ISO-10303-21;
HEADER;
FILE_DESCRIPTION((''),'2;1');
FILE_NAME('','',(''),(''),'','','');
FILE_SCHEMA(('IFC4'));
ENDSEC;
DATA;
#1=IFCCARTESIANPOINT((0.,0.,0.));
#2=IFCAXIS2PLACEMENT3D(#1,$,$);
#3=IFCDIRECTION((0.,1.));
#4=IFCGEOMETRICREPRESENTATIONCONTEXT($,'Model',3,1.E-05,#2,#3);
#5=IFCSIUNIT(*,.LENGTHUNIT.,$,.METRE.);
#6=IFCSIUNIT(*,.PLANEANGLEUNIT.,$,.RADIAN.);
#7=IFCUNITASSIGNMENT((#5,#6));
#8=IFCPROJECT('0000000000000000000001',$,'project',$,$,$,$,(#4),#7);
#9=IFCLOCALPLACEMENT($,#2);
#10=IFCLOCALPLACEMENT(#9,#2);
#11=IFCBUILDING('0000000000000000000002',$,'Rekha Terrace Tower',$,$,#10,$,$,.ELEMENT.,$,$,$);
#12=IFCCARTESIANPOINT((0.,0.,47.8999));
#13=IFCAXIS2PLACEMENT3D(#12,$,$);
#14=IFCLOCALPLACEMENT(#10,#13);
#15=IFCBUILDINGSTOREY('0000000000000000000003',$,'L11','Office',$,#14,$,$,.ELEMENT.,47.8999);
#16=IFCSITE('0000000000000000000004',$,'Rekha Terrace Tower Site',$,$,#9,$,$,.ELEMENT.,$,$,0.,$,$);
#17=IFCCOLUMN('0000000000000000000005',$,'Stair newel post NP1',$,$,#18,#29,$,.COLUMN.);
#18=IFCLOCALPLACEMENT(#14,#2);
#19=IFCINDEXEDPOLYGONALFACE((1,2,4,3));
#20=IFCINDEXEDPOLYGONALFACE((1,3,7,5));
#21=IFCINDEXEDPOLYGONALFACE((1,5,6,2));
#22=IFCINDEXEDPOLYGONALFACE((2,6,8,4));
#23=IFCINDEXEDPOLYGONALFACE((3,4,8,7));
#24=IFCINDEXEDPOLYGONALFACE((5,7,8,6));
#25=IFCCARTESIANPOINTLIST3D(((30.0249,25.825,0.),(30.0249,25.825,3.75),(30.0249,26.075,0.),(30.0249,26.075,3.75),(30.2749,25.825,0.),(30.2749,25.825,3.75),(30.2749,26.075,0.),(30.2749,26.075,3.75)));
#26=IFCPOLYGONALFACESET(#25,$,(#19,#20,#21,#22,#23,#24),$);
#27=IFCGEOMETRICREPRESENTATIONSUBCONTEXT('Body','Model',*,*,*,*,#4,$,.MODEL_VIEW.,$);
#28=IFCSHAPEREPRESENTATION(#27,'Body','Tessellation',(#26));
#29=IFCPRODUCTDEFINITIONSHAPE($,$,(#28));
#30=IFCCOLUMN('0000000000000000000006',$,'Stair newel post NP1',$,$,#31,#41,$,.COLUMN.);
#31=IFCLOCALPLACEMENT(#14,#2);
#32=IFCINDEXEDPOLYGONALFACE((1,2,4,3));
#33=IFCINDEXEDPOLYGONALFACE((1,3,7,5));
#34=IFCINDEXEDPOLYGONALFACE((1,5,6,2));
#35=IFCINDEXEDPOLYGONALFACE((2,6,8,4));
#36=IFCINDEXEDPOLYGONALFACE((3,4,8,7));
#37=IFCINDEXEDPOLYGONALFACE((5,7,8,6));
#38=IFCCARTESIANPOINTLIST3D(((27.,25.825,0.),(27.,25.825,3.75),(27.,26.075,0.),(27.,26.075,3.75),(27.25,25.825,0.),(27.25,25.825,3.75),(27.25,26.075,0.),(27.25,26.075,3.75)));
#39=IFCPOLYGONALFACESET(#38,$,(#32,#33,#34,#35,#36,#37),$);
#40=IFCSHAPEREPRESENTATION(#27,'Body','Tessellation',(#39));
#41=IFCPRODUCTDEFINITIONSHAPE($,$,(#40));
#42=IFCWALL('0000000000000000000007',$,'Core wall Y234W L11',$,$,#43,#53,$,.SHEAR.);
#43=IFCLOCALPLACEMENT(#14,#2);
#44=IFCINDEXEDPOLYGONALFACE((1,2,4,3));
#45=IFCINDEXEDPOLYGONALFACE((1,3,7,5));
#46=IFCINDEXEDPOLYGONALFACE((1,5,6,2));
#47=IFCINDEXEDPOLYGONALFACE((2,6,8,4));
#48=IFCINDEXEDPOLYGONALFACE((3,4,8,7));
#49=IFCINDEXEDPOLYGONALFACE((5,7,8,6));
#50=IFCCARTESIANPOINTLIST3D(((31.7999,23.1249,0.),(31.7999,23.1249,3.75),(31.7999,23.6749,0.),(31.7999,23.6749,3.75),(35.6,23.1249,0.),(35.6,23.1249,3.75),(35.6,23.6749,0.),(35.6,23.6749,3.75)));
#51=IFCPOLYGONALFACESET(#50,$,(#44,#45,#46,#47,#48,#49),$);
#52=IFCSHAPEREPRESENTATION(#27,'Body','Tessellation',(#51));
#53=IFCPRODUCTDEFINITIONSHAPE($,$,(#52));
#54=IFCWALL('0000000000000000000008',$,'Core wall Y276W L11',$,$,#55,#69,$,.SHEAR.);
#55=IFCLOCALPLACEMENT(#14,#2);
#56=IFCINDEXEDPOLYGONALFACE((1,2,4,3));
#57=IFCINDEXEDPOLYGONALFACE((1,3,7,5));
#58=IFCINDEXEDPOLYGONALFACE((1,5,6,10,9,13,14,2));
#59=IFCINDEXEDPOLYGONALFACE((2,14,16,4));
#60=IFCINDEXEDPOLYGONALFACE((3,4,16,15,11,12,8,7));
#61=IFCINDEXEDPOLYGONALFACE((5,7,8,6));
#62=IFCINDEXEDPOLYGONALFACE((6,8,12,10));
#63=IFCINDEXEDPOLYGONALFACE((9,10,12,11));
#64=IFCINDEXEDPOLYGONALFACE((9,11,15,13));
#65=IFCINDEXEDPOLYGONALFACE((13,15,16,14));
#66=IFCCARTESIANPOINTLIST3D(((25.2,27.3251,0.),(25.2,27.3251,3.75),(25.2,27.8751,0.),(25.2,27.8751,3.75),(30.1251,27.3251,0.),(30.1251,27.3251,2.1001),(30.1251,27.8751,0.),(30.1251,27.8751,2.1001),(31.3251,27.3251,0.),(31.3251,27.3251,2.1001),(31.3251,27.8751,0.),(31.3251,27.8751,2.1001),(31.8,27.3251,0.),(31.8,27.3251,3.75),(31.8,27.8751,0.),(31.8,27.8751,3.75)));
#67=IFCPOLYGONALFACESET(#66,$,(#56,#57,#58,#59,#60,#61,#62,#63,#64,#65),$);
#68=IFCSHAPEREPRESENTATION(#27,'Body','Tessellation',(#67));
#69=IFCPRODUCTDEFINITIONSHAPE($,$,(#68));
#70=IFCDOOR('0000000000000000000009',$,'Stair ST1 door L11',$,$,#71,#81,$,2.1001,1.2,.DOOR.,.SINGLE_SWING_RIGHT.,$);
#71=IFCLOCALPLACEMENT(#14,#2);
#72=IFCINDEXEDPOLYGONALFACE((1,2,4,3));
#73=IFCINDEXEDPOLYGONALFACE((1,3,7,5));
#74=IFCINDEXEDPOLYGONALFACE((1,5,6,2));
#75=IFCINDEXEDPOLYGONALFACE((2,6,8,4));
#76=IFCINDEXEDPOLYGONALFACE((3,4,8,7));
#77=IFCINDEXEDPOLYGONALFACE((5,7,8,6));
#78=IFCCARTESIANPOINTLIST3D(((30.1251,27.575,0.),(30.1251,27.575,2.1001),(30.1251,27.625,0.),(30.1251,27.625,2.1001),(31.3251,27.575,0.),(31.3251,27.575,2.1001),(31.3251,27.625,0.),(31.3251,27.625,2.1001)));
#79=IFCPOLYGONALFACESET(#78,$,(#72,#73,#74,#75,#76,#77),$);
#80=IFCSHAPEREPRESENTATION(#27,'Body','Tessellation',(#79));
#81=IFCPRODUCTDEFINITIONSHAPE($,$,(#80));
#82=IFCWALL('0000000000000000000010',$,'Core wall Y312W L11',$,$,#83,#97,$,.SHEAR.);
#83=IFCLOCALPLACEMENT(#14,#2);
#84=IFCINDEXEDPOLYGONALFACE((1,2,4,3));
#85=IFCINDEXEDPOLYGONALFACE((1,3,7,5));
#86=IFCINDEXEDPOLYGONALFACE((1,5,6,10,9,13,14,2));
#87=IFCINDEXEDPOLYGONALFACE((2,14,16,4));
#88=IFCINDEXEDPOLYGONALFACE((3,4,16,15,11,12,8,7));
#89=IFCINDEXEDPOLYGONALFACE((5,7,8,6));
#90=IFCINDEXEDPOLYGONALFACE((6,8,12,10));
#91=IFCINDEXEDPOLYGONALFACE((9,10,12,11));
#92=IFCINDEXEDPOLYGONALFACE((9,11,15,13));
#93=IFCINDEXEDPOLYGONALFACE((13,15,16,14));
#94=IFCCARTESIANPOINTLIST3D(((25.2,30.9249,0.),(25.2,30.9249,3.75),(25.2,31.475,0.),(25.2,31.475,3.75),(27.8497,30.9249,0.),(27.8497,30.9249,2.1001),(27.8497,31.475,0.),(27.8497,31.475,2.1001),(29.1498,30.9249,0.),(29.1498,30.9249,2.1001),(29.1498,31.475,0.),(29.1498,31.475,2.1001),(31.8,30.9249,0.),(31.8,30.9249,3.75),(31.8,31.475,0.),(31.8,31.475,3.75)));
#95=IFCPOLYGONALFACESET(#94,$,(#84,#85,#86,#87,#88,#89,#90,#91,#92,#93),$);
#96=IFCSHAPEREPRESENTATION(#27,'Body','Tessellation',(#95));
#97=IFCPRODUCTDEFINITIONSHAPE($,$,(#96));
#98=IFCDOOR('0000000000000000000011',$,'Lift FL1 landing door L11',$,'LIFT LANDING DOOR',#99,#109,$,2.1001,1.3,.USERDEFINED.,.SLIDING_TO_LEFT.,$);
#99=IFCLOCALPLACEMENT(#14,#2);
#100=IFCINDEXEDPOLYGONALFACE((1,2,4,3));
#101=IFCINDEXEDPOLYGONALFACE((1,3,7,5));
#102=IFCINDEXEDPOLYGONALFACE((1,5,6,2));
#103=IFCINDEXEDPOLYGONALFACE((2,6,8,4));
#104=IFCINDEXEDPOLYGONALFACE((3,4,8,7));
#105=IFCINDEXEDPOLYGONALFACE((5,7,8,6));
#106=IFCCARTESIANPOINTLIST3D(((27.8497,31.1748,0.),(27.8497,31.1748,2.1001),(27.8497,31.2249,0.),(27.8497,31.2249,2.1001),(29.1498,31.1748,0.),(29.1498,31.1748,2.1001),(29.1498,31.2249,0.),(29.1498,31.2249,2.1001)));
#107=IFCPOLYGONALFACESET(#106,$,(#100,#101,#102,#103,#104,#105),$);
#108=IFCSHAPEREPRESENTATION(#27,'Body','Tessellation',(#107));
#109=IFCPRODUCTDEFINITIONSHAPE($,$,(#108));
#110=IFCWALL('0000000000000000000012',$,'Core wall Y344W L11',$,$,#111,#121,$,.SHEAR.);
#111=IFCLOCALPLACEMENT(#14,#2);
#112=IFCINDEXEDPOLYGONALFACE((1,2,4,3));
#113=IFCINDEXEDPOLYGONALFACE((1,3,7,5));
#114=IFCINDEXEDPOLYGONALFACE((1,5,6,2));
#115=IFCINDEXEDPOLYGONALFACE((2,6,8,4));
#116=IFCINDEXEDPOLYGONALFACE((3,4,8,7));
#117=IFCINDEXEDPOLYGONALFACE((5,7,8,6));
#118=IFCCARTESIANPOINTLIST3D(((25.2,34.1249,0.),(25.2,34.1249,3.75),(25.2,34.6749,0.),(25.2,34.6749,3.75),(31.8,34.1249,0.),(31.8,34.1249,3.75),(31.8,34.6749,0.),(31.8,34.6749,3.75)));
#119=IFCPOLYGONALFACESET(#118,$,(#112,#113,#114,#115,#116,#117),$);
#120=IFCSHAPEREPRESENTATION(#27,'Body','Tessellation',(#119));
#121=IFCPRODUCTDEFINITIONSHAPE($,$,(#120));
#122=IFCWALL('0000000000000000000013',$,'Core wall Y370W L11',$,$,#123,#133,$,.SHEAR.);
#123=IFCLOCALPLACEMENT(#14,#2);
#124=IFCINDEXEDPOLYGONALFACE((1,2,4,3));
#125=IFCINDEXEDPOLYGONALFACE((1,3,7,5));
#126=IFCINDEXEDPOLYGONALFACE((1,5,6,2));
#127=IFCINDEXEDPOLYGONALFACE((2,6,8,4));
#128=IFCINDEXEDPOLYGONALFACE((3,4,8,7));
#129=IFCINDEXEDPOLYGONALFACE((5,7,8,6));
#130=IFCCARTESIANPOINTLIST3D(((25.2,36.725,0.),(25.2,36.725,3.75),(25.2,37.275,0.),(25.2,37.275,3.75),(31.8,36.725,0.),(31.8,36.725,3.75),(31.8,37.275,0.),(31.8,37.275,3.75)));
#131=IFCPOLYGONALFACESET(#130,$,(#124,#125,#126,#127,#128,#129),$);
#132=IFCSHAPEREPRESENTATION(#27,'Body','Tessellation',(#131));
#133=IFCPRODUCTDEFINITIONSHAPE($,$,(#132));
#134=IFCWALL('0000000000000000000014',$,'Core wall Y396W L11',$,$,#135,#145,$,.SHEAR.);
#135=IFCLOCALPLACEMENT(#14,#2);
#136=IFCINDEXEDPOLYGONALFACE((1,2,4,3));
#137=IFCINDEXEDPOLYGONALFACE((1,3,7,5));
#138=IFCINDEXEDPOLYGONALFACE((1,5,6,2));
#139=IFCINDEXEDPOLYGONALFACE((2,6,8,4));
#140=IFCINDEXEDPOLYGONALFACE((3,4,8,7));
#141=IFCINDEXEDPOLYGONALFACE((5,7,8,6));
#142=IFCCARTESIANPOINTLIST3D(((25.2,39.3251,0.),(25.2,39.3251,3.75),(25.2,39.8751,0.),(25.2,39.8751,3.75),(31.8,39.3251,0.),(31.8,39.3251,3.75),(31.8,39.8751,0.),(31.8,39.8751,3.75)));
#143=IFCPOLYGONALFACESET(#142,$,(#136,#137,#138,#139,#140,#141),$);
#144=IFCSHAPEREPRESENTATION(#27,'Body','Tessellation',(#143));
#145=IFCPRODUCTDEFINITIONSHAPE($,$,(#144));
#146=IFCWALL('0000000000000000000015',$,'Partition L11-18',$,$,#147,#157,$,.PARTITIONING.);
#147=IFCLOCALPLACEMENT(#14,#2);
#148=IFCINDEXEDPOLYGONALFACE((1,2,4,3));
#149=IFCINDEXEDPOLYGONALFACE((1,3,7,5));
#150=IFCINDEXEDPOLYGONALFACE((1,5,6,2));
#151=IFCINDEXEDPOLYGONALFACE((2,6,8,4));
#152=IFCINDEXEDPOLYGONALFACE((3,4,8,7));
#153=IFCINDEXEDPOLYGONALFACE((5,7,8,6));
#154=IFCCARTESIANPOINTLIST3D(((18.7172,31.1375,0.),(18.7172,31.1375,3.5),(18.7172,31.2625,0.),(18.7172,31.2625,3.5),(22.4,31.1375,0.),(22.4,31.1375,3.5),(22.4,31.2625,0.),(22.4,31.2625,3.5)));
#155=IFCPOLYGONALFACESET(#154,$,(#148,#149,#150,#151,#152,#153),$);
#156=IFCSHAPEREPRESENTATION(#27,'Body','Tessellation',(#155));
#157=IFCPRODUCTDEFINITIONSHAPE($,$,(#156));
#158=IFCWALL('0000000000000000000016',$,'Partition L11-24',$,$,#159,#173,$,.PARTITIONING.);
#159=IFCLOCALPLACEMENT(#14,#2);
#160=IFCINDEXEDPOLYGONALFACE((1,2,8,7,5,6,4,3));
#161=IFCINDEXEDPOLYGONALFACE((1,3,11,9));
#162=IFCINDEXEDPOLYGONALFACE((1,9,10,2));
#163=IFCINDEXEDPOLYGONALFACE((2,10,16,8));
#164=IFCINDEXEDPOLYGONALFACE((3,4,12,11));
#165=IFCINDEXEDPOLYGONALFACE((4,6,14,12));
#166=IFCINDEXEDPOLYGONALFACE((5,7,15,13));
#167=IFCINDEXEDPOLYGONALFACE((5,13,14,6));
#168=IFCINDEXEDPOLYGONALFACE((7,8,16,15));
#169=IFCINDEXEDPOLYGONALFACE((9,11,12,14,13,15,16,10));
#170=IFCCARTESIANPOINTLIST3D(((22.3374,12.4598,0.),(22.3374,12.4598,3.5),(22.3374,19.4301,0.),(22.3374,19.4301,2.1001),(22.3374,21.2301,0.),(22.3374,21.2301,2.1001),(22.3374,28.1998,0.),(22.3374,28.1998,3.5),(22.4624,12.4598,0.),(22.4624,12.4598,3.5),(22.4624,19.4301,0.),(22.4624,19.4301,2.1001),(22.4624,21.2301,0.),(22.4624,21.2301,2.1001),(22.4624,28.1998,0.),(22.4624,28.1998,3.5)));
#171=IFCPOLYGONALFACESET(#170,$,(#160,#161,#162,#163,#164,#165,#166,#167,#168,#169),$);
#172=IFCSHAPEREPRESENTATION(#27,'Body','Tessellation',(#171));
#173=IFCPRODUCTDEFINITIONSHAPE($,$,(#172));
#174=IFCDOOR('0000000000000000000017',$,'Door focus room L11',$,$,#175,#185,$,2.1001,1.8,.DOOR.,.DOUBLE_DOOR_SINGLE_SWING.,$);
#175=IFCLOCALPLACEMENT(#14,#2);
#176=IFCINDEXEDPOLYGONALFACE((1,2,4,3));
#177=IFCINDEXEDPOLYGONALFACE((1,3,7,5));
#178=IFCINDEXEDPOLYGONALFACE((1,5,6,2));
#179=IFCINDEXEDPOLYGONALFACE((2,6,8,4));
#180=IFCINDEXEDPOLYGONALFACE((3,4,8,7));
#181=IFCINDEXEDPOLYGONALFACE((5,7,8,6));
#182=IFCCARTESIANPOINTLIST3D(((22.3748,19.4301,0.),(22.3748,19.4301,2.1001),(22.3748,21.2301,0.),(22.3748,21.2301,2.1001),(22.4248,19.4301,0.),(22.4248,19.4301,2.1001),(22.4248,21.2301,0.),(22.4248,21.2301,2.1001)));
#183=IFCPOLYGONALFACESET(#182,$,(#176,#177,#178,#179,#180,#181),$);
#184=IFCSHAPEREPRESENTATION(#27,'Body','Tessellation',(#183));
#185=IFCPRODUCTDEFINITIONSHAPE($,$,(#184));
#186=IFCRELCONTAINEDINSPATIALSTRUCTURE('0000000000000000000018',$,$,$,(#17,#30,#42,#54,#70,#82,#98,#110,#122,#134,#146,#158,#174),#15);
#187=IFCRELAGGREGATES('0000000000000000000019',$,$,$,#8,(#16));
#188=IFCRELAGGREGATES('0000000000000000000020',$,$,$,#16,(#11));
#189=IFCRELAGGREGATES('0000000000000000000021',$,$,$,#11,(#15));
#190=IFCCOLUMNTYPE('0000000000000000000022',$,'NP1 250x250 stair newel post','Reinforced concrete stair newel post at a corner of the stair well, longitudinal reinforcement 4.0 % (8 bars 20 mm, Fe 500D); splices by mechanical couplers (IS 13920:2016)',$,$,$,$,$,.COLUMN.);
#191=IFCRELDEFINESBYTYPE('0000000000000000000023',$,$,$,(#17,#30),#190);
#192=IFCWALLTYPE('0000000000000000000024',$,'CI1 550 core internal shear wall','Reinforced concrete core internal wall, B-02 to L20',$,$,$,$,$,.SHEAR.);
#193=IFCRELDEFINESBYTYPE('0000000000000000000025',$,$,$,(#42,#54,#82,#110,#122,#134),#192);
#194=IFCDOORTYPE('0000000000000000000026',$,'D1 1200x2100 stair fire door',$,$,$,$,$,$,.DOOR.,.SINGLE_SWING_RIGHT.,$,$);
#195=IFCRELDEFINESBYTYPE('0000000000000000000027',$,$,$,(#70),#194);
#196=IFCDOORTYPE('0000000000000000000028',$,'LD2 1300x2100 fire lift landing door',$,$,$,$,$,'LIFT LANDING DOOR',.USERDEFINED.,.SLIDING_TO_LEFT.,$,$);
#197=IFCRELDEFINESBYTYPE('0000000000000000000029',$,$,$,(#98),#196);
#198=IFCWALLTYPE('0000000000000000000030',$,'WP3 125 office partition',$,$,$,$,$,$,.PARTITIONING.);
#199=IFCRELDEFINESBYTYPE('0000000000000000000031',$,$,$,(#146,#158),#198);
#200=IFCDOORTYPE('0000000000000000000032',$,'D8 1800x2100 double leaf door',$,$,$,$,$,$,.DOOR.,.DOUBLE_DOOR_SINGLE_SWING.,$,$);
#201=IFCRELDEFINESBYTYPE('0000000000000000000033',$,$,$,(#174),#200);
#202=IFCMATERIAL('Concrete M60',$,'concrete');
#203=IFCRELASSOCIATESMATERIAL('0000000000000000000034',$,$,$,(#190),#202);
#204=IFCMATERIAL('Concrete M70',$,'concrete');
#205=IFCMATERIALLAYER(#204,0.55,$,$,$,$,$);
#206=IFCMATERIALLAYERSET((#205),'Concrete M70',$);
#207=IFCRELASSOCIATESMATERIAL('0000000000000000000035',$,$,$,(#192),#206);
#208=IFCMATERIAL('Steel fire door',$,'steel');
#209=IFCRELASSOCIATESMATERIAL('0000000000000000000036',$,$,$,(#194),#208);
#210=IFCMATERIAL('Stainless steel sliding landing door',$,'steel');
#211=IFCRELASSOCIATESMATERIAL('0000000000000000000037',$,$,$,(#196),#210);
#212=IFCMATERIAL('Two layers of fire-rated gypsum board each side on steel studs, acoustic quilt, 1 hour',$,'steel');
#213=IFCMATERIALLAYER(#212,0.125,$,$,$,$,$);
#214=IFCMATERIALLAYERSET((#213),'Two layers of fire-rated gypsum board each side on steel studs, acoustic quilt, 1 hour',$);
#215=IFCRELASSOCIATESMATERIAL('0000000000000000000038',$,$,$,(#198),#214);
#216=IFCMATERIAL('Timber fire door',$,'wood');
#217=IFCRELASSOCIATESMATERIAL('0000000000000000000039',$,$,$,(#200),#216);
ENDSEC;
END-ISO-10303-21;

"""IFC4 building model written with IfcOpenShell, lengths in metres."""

from ifc_helpers import new_model, si_unit, direction, frame, frame_2d, origin, origin_2d, place, context, subcontext, project, spatial, rectangle, extrude, material, layer, layer_set, material_profile, profile_set, type_object, element, fill, save


model = new_model("IFC4")

# Units and contexts
model_context = context("Model", 3, precision=1e-05, world=origin(), true_north=direction((0.0, 1.0)))
body_context = subcontext(model_context, "Body", "Model", "MODEL_VIEW")
ifc_project = project(units=[si_unit("LENGTHUNIT", "METRE"), si_unit("PLANEANGLEUNIT", "RADIAN")], contexts=[model_context])

# Site, building, storey
site_placement = place(None, origin())
site = spatial("IfcSite", under=ifc_project, at=site_placement, Name="Rekha Terrace Tower Site", CompositionType="ELEMENT", RefElevation=0.0)
building_placement = place(site_placement, origin())
building = spatial("IfcBuilding", under=site, at=building_placement, Name="Rekha Terrace Tower", CompositionType="ELEMENT")
storey_placement = place(building_placement, frame((0.0, 0.0, 47.8999)))
storey = spatial("IfcBuildingStorey", under=building, at=storey_placement, Name="L11", Description="Office", CompositionType="ELEMENT", Elevation=47.8999)

# Columns
ifc_material_1 = material(Name="Concrete M60", Category="concrete")
ifc_material_profile = material_profile(ifc_material_1, rectangle(XDim=0.25, YDim=0.25, at=origin_2d()), Name="RC 250x250")
ifc_profile_set = profile_set([ifc_material_profile], Name="Concrete M60")
column_type = type_object("IfcColumnType", Name="NP1 250x250 stair newel post", Description="Reinforced concrete stair newel post at a corner of the stair well, longitudinal reinforcement 4.0 % (8 bars 20 mm, Fe 500D); splices by mechanical couplers (IS 13920:2016)", PredefinedType="COLUMN", material=ifc_profile_set)
for number, where, z_axis, x_axis, name in (
    (1, (30.1499, 25.95, 0.0), (0.0, 0.0, 1.0), (1.0, 0.0, 0.0), "Stair newel post NP1"),
    (2, (27.125, 25.95, 0.0), (0.0, 0.0, 1.0), (1.0, 0.0, 0.0), "Stair newel post NP1"),
):
    element("IfcColumn", number, at=place(storey_placement, frame(where, z_axis=z_axis, x_axis=x_axis)), inside=storey, type_object=column_type, Name=name, PredefinedType="COLUMN", context=body_context, shape_type="SweptSolid", body=[
        extrude(rectangle(XDim=0.25, YDim=0.25, at=origin_2d()), origin(), (0.0, 0.0, 1.0), 3.75),
    ])

# Wall
ifc_material_2 = material(Name="Concrete M70", Category="concrete")
ifc_layer_1 = layer(ifc_material_2, 0.55)
ifc_layer_set_1 = layer_set([ifc_layer_1], Name="Concrete M70")
wall_type_1 = type_object("IfcWallType", Name="CI1 550 core internal shear wall", Description="Reinforced concrete core internal wall, B-02 to L20", PredefinedType="SHEAR", material=ifc_layer_set_1)
wall_1_placement = place(storey_placement, frame((31.8, 23.3999, 0.0), z_axis=(0.0, 0.0, 1.0), x_axis=(1.0, 0.0, 0.0)))
element("IfcWall", 3, at=wall_1_placement, inside=storey, type_object=wall_type_1, Name="Core wall Y234W L11", PredefinedType="SHEAR", context=body_context, shape_type="SweptSolid", body=[
    extrude(rectangle(XDim=3.8, YDim=0.55, at=frame_2d((1.8999, 0.0))), origin(), (0.0, 0.0, 1.0), 3.75),
])

# Walls, openings, doors
wall_2_placement = place(storey_placement, frame((25.2, 27.6001, 0.0), z_axis=(0.0, 0.0, 1.0), x_axis=(1.0, 0.0, 0.0)))
wall_2 = element("IfcWall", 4, at=wall_2_placement, inside=storey, type_object=wall_type_1, Name="Core wall Y276W L11", PredefinedType="SHEAR", context=body_context, shape_type="SweptSolid", body=[
    extrude(rectangle(XDim=6.6001, YDim=0.55, at=frame_2d((3.3, 0.0))), origin(), (0.0, 0.0, 1.0), 3.75),
])
opening_1_placement = place(wall_2_placement, frame((4.925, 0.0, 0.0)))
opening_1 = element("IfcOpeningElement", 5, at=opening_1_placement, cuts=wall_2, PredefinedType="OPENING", context=body_context, shape_type="SweptSolid", body=[
    extrude(rectangle(XDim=1.2, YDim=2.1001, at=frame_2d((0.6001, 1.05))), frame((0.0, 0.2849, 0.0), z_axis=(0.0, -1.0, 0.0), x_axis=(1.0, 0.0, 0.0)), (0.0, 0.0, 1.0), 0.5701),
])
ifc_material_3 = material(Name="Steel fire door", Category="steel")
door_type_1 = type_object("IfcDoorType", Name="D1 1200x2100 stair fire door", OperationType="SINGLE_SWING_RIGHT", PredefinedType="DOOR", material=ifc_material_3)
door_1_placement = place(opening_1_placement, origin())
door_1 = element("IfcDoor", 6, at=door_1_placement, inside=storey, type_object=door_type_1, Name="Stair ST1 door L11", OperationType="SINGLE_SWING_RIGHT", OverallHeight=2.1001, OverallWidth=1.2, PredefinedType="DOOR", context=body_context, shape_type="SweptSolid", body=[
    extrude(rectangle(XDim=1.2, YDim=2.1001, at=frame_2d((0.6001, 1.05))), frame((0.0, 0.0249, 0.0), z_axis=(0.0, -1.0, 0.0), x_axis=(1.0, 0.0, 0.0)), (0.0, 0.0, 1.0), 0.05),
])
fill(opening_1, door_1)
wall_3_placement = place(storey_placement, frame((25.2, 31.2, 0.0), z_axis=(0.0, 0.0, 1.0), x_axis=(1.0, 0.0, 0.0)))
wall_3 = element("IfcWall", 7, at=wall_3_placement, inside=storey, type_object=wall_type_1, Name="Core wall Y312W L11", PredefinedType="SHEAR", context=body_context, shape_type="SweptSolid", body=[
    extrude(rectangle(XDim=6.6001, YDim=0.55, at=frame_2d((3.3, 0.0))), origin(), (0.0, 0.0, 1.0), 3.75),
])
opening_2_placement = place(wall_3_placement, frame((2.6499, 0.0, 0.0)))
opening_2 = element("IfcOpeningElement", 8, at=opening_2_placement, cuts=wall_3, PredefinedType="OPENING", context=body_context, shape_type="SweptSolid", body=[
    extrude(rectangle(XDim=1.3, YDim=2.1001, at=frame_2d((0.6499, 1.05))), frame((0.0, 0.2849, 0.0), z_axis=(0.0, -1.0, 0.0), x_axis=(1.0, 0.0, 0.0)), (0.0, 0.0, 1.0), 0.5701),
])
ifc_material_4 = material(Name="Stainless steel sliding landing door", Category="steel")
door_type_2 = type_object("IfcDoorType", Name="LD2 1300x2100 fire lift landing door", ElementType="LIFT LANDING DOOR", OperationType="SLIDING_TO_LEFT", PredefinedType="USERDEFINED", material=ifc_material_4)
door_2_placement = place(opening_2_placement, origin())
door_2 = element("IfcDoor", 9, at=door_2_placement, inside=storey, type_object=door_type_2, Name="Lift FL1 landing door L11", ObjectType="LIFT LANDING DOOR", OperationType="SLIDING_TO_LEFT", OverallHeight=2.1001, OverallWidth=1.3, PredefinedType="USERDEFINED", context=body_context, shape_type="SweptSolid", body=[
    extrude(rectangle(XDim=1.3, YDim=2.1001, at=frame_2d((0.6499, 1.05))), frame((0.0, 0.0249, 0.0), z_axis=(0.0, -1.0, 0.0), x_axis=(1.0, 0.0, 0.0)), (0.0, 0.0, 1.0), 0.05),
])
fill(opening_2, door_2)

# Walls
for number, where, z_axis, x_axis, name in (
    (10, (25.2, 34.3999, 0.0), (0.0, 0.0, 1.0), (1.0, 0.0, 0.0), "Core wall Y344W L11"),
    (11, (25.2, 37.0, 0.0), (0.0, 0.0, 1.0), (1.0, 0.0, 0.0), "Core wall Y370W L11"),
    (12, (25.2, 39.6001, 0.0), (0.0, 0.0, 1.0), (1.0, 0.0, 0.0), "Core wall Y396W L11"),
):
    element("IfcWall", number, at=place(storey_placement, frame(where, z_axis=z_axis, x_axis=x_axis)), inside=storey, type_object=wall_type_1, Name=name, PredefinedType="SHEAR", context=body_context, shape_type="SweptSolid", body=[
        extrude(rectangle(XDim=6.6001, YDim=0.55, at=frame_2d((3.3, 0.0))), origin(), (0.0, 0.0, 1.0), 3.75),
    ])
ifc_material_5 = material(Name="Two layers of fire-rated gypsum board each side on steel studs, acoustic quilt, 1 hour", Category="steel")
ifc_layer_2 = layer(ifc_material_5, 0.125)
ifc_layer_set_2 = layer_set([ifc_layer_2], Name="Two layers of fire-rated gypsum board each side on steel studs, acoustic quilt, 1 hour")
wall_type_2 = type_object("IfcWallType", Name="WP3 125 office partition", PredefinedType="PARTITIONING", material=ifc_layer_set_2)
wall_4_placement = place(storey_placement, frame((22.3999, 31.2, 0.0), z_axis=(0.0, 0.0, 1.0), x_axis=(-1.0, 0.0, 0.0)))
element("IfcWall", 13, at=wall_4_placement, inside=storey, type_object=wall_type_2, Name="Partition L11-18", PredefinedType="PARTITIONING", context=body_context, shape_type="SweptSolid", body=[
    extrude(rectangle(XDim=3.6829, YDim=0.125, at=frame_2d((1.8413, 0.0))), origin(), (0.0, 0.0, 1.0), 3.5),
])

# Wall, opening, door
wall_5_placement = place(storey_placement, frame((22.3999, 28.2, 0.0), z_axis=(0.0, 0.0, 1.0), x_axis=(0.0, -1.0, 0.0)))
wall_5 = element("IfcWall", 14, at=wall_5_placement, inside=storey, type_object=wall_type_2, Name="Partition L11-24", PredefinedType="PARTITIONING", context=body_context, shape_type="SweptSolid", body=[
    extrude(rectangle(XDim=15.74, YDim=0.125, at=frame_2d((7.8701, 0.0))), origin(), (0.0, 0.0, 1.0), 3.5),
])
opening_3_placement = place(wall_5_placement, frame((6.97, 0.0, 0.0)))
opening_3 = element("IfcOpeningElement", 15, at=opening_3_placement, cuts=wall_5, PredefinedType="OPENING", context=body_context, shape_type="SweptSolid", body=[
    extrude(rectangle(XDim=1.8, YDim=2.1001, at=frame_2d((0.8999, 1.05))), frame((0.0, 0.0725, 0.0), z_axis=(0.0, -1.0, 0.0), x_axis=(1.0, 0.0, 0.0)), (0.0, 0.0, 1.0), 0.145),
])
ifc_material_6 = material(Name="Timber fire door", Category="wood")
door_type_3 = type_object("IfcDoorType", Name="D8 1800x2100 double leaf door", OperationType="DOUBLE_DOOR_SINGLE_SWING", PredefinedType="DOOR", material=ifc_material_6)
door_3_placement = place(opening_3_placement, origin())
door_3 = element("IfcDoor", 16, at=door_3_placement, inside=storey, type_object=door_type_3, Name="Door focus room L11", OperationType="DOUBLE_DOOR_SINGLE_SWING", OverallHeight=2.1001, OverallWidth=1.8, PredefinedType="DOOR", context=body_context, shape_type="SweptSolid", body=[
    extrude(rectangle(XDim=1.8, YDim=2.1001, at=frame_2d((0.8999, 1.05))), frame((0.0, 0.0249, 0.0), z_axis=(0.0, -1.0, 0.0), x_axis=(1.0, 0.0, 0.0)), (0.0, 0.0, 1.0), 0.05),
])
fill(opening_3, door_3)

save(model, "model.ifc")
